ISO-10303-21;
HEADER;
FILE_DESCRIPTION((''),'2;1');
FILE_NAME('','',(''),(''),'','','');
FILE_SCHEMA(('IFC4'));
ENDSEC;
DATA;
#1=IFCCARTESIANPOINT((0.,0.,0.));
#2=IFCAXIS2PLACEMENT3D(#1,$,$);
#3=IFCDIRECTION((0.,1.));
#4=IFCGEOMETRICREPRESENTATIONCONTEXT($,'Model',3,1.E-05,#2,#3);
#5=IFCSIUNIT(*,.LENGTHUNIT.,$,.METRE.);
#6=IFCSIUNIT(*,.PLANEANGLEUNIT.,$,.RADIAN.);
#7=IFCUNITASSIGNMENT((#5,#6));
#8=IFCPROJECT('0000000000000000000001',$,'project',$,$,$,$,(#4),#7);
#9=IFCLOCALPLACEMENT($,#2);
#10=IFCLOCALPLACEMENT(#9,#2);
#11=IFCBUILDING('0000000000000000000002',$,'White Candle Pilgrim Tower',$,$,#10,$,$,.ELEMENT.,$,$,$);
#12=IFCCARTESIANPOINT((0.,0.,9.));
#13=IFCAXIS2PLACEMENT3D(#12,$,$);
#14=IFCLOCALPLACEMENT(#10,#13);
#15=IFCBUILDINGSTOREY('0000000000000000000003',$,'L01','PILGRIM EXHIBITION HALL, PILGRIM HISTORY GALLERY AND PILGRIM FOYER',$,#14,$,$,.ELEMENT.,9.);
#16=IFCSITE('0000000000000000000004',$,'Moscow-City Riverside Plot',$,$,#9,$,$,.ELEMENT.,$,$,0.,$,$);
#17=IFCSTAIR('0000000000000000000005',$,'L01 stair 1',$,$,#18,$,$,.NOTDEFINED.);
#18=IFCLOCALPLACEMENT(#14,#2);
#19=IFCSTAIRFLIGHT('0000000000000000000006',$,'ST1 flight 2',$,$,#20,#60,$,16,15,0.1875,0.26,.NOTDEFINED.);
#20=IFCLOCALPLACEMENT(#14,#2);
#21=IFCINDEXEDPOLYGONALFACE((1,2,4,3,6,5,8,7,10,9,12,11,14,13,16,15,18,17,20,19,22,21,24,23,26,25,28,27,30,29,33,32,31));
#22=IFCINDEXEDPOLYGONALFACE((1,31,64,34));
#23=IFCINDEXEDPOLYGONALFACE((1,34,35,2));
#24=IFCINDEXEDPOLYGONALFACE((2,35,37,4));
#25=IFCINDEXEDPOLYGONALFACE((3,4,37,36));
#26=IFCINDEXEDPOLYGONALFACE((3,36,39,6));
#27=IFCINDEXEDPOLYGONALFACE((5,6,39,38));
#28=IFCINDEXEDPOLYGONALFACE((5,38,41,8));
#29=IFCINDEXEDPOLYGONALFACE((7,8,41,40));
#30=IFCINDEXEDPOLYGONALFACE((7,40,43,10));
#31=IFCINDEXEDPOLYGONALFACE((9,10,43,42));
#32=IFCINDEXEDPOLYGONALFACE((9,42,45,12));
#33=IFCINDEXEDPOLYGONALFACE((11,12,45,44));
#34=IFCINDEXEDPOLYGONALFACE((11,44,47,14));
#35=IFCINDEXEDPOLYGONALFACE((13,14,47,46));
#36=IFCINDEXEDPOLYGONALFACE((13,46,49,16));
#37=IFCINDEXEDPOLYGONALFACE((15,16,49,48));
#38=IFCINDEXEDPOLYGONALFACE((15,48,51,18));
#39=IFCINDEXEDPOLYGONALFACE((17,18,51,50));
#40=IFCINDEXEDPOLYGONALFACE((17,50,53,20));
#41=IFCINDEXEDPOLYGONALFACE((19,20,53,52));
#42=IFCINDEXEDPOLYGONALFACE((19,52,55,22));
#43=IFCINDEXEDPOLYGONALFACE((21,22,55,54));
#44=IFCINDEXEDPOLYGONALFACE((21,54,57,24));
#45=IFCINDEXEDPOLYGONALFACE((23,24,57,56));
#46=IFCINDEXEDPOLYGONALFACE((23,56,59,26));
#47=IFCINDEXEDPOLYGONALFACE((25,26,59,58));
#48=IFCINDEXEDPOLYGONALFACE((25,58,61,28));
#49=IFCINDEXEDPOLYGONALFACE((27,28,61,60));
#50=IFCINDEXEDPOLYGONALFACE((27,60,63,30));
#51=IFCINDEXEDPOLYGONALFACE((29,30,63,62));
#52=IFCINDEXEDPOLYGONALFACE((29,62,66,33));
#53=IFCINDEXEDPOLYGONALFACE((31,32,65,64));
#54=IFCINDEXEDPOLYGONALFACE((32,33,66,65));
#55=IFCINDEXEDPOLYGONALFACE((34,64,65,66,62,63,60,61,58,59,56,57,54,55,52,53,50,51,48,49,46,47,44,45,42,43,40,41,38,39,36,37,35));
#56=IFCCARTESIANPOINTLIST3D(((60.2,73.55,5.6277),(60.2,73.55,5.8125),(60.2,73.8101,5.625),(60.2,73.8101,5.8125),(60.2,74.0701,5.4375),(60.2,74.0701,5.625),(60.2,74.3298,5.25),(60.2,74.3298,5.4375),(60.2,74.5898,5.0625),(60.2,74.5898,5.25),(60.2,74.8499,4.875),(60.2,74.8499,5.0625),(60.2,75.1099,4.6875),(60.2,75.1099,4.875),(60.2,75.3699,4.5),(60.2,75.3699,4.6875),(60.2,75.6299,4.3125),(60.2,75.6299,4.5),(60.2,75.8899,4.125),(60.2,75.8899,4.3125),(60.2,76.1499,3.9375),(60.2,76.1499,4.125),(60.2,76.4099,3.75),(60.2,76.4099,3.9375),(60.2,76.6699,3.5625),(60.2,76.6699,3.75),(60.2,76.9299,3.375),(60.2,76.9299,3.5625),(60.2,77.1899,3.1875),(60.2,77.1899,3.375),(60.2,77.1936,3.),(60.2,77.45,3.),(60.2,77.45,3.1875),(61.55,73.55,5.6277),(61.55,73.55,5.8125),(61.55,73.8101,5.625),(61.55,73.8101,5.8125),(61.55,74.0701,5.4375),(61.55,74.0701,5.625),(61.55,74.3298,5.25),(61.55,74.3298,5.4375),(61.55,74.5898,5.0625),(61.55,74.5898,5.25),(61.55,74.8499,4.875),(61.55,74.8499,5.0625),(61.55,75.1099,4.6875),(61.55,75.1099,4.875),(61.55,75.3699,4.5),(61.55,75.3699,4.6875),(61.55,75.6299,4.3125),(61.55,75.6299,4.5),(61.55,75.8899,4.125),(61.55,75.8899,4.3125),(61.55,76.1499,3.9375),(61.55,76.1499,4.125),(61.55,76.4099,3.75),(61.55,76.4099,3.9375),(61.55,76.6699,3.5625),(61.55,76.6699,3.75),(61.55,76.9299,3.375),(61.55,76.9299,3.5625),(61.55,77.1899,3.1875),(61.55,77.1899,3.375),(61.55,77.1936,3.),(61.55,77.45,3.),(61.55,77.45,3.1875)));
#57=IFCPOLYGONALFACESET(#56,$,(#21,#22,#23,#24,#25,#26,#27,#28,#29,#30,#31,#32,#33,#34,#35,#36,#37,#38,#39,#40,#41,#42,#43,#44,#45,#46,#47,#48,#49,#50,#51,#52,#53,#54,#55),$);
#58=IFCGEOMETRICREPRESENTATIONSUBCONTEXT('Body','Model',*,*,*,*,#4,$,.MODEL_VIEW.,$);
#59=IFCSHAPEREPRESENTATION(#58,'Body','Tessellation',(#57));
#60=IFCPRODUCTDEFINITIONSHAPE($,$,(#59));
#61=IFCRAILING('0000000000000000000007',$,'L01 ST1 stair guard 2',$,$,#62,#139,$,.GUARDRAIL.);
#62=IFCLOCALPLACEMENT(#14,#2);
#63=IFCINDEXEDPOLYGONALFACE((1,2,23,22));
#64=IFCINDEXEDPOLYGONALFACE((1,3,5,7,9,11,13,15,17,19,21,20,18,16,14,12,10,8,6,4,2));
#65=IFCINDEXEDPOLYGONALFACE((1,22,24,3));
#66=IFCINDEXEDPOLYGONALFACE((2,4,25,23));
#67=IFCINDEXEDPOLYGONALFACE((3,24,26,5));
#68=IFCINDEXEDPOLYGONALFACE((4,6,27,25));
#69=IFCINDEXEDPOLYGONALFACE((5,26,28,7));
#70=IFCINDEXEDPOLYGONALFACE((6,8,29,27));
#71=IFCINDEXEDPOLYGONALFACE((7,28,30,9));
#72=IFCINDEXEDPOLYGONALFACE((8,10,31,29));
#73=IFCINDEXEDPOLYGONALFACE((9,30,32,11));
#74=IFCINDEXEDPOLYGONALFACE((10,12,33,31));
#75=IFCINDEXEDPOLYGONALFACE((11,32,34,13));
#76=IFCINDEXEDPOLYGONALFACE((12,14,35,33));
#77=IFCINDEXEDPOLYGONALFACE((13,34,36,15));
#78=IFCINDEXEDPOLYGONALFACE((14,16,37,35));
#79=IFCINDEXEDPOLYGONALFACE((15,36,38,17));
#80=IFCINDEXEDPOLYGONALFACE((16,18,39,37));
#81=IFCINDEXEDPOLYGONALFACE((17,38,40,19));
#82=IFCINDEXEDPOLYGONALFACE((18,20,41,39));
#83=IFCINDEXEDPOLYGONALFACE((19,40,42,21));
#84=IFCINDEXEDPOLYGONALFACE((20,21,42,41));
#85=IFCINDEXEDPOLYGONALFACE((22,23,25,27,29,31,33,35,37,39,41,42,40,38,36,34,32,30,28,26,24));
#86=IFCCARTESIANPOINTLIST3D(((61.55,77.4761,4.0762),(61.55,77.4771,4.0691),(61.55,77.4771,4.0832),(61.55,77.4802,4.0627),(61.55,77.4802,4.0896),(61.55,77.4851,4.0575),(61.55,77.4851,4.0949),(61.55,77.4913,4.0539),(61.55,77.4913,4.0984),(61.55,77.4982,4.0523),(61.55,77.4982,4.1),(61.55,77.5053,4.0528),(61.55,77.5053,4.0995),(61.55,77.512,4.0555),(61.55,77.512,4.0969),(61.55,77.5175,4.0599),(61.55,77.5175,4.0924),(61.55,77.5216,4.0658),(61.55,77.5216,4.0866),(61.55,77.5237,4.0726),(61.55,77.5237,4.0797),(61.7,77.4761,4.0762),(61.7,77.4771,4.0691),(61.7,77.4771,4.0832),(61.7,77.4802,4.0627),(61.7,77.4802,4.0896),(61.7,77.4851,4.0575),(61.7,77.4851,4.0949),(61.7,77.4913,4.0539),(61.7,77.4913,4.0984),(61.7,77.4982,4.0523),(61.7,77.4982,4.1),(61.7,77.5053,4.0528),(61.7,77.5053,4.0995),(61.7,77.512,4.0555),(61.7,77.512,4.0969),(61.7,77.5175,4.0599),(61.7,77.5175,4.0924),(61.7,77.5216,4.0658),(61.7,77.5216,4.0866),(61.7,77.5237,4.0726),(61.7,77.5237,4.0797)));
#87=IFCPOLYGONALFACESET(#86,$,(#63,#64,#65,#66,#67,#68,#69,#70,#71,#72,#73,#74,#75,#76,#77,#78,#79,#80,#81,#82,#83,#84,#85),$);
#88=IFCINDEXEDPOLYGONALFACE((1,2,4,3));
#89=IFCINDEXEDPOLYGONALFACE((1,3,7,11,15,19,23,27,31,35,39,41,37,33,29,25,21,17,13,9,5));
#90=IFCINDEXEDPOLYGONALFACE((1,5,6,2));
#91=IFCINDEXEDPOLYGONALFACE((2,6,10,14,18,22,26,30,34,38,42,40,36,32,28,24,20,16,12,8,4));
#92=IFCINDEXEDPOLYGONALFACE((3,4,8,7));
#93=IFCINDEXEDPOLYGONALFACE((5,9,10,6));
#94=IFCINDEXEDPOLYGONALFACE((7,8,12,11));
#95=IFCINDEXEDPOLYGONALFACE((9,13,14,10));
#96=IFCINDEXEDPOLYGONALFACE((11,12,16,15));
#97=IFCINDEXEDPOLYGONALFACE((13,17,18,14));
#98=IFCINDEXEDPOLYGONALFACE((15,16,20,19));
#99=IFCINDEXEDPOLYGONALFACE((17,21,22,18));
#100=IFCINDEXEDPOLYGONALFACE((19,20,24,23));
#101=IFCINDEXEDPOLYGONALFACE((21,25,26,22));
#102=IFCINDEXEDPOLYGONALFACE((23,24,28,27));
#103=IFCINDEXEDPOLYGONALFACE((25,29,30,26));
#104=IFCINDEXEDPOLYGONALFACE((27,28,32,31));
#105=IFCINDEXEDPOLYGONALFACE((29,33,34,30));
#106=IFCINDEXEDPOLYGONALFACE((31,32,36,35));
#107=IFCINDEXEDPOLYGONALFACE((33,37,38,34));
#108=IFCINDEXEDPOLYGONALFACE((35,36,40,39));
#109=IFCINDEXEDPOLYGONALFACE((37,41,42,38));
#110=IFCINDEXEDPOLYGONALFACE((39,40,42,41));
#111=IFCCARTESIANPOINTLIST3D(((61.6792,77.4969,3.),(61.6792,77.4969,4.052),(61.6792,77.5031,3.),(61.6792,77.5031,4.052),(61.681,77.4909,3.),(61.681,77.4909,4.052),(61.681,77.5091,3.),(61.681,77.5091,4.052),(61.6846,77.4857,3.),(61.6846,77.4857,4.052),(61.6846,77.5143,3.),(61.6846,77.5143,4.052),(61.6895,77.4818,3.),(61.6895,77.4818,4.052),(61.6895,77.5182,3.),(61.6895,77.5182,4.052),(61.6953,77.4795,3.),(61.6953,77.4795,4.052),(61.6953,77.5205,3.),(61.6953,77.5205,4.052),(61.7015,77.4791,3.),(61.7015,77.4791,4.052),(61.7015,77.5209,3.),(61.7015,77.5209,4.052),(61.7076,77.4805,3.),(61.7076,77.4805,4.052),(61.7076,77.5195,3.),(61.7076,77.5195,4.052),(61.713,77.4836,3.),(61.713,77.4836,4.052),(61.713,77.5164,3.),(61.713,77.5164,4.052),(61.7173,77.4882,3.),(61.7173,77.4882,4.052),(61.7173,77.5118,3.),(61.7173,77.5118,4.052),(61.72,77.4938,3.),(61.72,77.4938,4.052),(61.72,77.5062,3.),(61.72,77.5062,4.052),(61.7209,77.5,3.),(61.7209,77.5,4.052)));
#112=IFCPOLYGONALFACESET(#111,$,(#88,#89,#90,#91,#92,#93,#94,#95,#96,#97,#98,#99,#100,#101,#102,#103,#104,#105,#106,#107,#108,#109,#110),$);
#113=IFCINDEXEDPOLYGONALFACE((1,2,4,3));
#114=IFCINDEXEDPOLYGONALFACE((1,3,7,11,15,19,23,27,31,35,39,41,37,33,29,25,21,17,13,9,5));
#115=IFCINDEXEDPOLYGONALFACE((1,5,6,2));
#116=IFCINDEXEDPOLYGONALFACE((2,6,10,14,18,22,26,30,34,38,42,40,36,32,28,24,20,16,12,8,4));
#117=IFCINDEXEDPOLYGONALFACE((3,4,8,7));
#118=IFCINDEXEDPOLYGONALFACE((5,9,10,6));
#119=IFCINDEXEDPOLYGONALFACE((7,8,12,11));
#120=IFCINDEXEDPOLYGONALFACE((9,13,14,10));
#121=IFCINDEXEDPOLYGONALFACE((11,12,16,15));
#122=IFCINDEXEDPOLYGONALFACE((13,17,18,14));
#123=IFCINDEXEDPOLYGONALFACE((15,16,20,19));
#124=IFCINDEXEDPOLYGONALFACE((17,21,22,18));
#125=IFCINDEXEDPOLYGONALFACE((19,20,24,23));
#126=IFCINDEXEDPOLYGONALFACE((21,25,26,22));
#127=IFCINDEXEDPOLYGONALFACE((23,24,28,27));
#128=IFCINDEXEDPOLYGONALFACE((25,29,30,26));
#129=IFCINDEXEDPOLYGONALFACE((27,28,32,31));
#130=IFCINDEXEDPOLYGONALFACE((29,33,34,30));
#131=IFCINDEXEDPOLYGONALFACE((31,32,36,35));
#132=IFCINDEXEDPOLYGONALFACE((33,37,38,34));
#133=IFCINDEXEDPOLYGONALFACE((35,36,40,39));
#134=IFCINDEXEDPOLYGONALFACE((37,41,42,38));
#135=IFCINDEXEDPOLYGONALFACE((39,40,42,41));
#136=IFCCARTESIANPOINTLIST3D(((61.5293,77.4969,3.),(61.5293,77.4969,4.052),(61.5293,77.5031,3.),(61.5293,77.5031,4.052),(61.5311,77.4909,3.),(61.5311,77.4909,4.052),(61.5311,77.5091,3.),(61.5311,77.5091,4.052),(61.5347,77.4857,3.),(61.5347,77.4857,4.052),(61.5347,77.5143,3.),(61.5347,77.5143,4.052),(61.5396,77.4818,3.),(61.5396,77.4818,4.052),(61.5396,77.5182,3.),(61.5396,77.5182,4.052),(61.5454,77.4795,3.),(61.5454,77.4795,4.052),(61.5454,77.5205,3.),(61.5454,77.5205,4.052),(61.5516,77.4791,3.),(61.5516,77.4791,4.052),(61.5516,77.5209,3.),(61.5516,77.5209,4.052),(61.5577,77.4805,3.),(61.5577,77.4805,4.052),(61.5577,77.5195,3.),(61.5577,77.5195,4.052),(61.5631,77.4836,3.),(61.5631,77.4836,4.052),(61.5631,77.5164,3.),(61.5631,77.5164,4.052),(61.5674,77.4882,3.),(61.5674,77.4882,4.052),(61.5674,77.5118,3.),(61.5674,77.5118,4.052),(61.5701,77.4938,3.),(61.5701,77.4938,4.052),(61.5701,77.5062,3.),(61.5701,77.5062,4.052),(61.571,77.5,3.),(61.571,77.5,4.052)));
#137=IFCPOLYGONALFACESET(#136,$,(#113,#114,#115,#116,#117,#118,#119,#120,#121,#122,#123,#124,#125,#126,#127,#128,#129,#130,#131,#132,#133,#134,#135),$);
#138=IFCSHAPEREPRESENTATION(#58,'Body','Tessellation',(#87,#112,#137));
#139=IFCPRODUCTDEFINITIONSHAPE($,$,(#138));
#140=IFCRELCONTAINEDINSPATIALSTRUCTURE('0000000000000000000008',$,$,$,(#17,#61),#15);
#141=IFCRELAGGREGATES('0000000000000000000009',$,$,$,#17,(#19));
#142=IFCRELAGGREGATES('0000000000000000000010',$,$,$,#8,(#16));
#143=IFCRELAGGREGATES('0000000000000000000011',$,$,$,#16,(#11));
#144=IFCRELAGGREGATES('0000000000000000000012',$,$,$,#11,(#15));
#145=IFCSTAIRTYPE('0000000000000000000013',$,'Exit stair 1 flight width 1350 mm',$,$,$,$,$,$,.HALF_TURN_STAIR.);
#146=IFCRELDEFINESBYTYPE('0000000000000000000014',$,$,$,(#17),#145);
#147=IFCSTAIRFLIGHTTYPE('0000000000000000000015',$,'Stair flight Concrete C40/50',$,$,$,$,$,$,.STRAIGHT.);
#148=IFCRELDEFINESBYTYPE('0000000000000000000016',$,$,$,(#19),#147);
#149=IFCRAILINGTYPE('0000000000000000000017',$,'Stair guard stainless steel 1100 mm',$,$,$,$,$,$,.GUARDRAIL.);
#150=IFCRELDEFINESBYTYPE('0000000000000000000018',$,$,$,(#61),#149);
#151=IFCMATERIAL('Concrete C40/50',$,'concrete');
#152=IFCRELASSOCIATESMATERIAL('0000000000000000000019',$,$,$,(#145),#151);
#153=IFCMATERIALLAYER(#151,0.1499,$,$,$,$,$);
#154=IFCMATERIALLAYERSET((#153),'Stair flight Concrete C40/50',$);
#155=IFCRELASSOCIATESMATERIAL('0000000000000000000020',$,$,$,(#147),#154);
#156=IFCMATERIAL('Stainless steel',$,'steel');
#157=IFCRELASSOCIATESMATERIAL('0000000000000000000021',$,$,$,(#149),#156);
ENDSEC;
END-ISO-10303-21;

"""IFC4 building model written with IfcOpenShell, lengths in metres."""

from ifc_helpers import new_model, si_unit, direction, frame, origin, origin_2d, place, context, subcontext, project, spatial, polyline, circle, outline, extrude, material, layer, layer_set, type_object, element, aggregate, save


model = new_model("IFC4")

# Units and contexts
model_context = context("Model", 3, precision=1e-05, world=origin(), true_north=direction((0.0, 1.0)))
body_context = subcontext(model_context, "Body", "Model", "MODEL_VIEW")
ifc_project = project(units=[si_unit("LENGTHUNIT", "METRE"), si_unit("PLANEANGLEUNIT", "RADIAN")], contexts=[model_context])

# Site, building, storey
site_placement = place(None, origin())
site = spatial("IfcSite", under=ifc_project, at=site_placement, Name="Moscow-City Riverside Plot", CompositionType="ELEMENT", RefElevation=0.0)
building_placement = place(site_placement, origin())
building = spatial("IfcBuilding", under=site, at=building_placement, Name="White Candle Pilgrim Tower", CompositionType="ELEMENT")
storey_placement = place(building_placement, frame((0.0, 0.0, 9.0)))
storey = spatial("IfcBuildingStorey", under=building, at=storey_placement, Name="L01", Description="PILGRIM EXHIBITION HALL, PILGRIM HISTORY GALLERY AND PILGRIM FOYER", CompositionType="ELEMENT", Elevation=9.0)

# Stair, stair flight
ifc_material_1 = material(Name="Concrete C40/50", Category="concrete")
stair_type = type_object("IfcStairType", Name="Exit stair 1 flight width 1350 mm", PredefinedType="HALF_TURN_STAIR", material=ifc_material_1)
stair_placement = place(storey_placement, origin())
stair = element("IfcStair", 1, at=stair_placement, inside=storey, type_object=stair_type, Name="L01 stair 1", PredefinedType="NOTDEFINED")
ifc_layer_1 = layer(ifc_material_1, 0.1499)
ifc_layer_set_1 = layer_set([ifc_layer_1], Name="Stair flight Concrete C40/50")
stair_flight_type = type_object("IfcStairFlightType", Name="Stair flight Concrete C40/50", PredefinedType="STRAIGHT", material=ifc_layer_set_1)
stair_flight_placement = place(storey_placement, frame((60.875, 77.45, 3.0), z_axis=(0.0, 0.0, 1.0), x_axis=(0.0, -1.0, 0.0)))
stair_flight = element("IfcStairFlight", 2, at=stair_flight_placement, type_object=stair_flight_type, Name="ST1 flight 2", NumberOfRisers=16, NumberOfTreads=15, PredefinedType="NOTDEFINED", RiserHeight=0.1875, TreadLength=0.26, context=body_context, shape_type="SweptSolid", body=[
    extrude(outline(polyline([(0.0, 0.0), (0.0, 0.1875), (0.26, 0.1875), (0.26, 0.375), (0.52, 0.375), (0.52, 0.5625), (0.78, 0.5625), (0.78, 0.75), (1.04, 0.75), (1.04, 0.9375), (1.3, 0.9375), (1.3, 1.125), (1.5601, 1.125), (1.5601, 1.3125), (1.8201, 1.3125), (1.8201, 1.5), (2.0801, 1.5), (2.0801, 1.6875), (2.3401, 1.6875), (2.3401, 1.875), (2.6001, 1.875), (2.6001, 2.0625), (2.8601, 2.0625), (2.8601, 2.25), (3.1201, 2.25), (3.1201, 2.4375), (3.3799, 2.4375), (3.3799, 2.625), (3.6399, 2.625), (3.6399, 2.8125), (3.8999, 2.8125), (3.8999, 3.0), (3.8999, 2.6277), (0.2563, 0.0), (0.0, 0.0)])), frame((0.0, 0.675, 0.0), z_axis=(0.0, -1.0, 0.0), x_axis=(1.0, 0.0, 0.0)), (0.0, 0.0, 1.0), 1.3501),
])
aggregate(stair, [stair_flight])

# Railing
ifc_material_2 = material(Name="Stainless steel", Category="steel")
railing_type_1 = type_object("IfcRailingType", Name="Stair guard stainless steel 1100 mm", PredefinedType="GUARDRAIL", material=ifc_material_2)
railing_1_placement = place(storey_placement, frame((61.7, 77.5, 3.0)))
element("IfcRailing", 3, at=railing_1_placement, inside=storey, type_object=railing_type_1, Name="L01 ST1 stair guard 2", PredefinedType="GUARDRAIL", context=body_context, shape_type="SweptSolid", body=[
    extrude(circle(Radius=0.0239, at=origin_2d()), frame((0.0, 0.0, 1.0762), z_axis=(-1.0, 0.0, 0.0), x_axis=(0.0, -1.0, 0.0)), (0.0, 0.0, 1.0), 0.1499),
    extrude(circle(Radius=0.021, at=origin_2d()), origin(), (0.0, 0.0, 1.0), 1.052),
    extrude(circle(Radius=0.021, at=origin_2d()), frame((-0.1499, 0.0, 0.0)), (0.0, 0.0, 1.0), 1.052),
])

save(model, "model.ifc")
